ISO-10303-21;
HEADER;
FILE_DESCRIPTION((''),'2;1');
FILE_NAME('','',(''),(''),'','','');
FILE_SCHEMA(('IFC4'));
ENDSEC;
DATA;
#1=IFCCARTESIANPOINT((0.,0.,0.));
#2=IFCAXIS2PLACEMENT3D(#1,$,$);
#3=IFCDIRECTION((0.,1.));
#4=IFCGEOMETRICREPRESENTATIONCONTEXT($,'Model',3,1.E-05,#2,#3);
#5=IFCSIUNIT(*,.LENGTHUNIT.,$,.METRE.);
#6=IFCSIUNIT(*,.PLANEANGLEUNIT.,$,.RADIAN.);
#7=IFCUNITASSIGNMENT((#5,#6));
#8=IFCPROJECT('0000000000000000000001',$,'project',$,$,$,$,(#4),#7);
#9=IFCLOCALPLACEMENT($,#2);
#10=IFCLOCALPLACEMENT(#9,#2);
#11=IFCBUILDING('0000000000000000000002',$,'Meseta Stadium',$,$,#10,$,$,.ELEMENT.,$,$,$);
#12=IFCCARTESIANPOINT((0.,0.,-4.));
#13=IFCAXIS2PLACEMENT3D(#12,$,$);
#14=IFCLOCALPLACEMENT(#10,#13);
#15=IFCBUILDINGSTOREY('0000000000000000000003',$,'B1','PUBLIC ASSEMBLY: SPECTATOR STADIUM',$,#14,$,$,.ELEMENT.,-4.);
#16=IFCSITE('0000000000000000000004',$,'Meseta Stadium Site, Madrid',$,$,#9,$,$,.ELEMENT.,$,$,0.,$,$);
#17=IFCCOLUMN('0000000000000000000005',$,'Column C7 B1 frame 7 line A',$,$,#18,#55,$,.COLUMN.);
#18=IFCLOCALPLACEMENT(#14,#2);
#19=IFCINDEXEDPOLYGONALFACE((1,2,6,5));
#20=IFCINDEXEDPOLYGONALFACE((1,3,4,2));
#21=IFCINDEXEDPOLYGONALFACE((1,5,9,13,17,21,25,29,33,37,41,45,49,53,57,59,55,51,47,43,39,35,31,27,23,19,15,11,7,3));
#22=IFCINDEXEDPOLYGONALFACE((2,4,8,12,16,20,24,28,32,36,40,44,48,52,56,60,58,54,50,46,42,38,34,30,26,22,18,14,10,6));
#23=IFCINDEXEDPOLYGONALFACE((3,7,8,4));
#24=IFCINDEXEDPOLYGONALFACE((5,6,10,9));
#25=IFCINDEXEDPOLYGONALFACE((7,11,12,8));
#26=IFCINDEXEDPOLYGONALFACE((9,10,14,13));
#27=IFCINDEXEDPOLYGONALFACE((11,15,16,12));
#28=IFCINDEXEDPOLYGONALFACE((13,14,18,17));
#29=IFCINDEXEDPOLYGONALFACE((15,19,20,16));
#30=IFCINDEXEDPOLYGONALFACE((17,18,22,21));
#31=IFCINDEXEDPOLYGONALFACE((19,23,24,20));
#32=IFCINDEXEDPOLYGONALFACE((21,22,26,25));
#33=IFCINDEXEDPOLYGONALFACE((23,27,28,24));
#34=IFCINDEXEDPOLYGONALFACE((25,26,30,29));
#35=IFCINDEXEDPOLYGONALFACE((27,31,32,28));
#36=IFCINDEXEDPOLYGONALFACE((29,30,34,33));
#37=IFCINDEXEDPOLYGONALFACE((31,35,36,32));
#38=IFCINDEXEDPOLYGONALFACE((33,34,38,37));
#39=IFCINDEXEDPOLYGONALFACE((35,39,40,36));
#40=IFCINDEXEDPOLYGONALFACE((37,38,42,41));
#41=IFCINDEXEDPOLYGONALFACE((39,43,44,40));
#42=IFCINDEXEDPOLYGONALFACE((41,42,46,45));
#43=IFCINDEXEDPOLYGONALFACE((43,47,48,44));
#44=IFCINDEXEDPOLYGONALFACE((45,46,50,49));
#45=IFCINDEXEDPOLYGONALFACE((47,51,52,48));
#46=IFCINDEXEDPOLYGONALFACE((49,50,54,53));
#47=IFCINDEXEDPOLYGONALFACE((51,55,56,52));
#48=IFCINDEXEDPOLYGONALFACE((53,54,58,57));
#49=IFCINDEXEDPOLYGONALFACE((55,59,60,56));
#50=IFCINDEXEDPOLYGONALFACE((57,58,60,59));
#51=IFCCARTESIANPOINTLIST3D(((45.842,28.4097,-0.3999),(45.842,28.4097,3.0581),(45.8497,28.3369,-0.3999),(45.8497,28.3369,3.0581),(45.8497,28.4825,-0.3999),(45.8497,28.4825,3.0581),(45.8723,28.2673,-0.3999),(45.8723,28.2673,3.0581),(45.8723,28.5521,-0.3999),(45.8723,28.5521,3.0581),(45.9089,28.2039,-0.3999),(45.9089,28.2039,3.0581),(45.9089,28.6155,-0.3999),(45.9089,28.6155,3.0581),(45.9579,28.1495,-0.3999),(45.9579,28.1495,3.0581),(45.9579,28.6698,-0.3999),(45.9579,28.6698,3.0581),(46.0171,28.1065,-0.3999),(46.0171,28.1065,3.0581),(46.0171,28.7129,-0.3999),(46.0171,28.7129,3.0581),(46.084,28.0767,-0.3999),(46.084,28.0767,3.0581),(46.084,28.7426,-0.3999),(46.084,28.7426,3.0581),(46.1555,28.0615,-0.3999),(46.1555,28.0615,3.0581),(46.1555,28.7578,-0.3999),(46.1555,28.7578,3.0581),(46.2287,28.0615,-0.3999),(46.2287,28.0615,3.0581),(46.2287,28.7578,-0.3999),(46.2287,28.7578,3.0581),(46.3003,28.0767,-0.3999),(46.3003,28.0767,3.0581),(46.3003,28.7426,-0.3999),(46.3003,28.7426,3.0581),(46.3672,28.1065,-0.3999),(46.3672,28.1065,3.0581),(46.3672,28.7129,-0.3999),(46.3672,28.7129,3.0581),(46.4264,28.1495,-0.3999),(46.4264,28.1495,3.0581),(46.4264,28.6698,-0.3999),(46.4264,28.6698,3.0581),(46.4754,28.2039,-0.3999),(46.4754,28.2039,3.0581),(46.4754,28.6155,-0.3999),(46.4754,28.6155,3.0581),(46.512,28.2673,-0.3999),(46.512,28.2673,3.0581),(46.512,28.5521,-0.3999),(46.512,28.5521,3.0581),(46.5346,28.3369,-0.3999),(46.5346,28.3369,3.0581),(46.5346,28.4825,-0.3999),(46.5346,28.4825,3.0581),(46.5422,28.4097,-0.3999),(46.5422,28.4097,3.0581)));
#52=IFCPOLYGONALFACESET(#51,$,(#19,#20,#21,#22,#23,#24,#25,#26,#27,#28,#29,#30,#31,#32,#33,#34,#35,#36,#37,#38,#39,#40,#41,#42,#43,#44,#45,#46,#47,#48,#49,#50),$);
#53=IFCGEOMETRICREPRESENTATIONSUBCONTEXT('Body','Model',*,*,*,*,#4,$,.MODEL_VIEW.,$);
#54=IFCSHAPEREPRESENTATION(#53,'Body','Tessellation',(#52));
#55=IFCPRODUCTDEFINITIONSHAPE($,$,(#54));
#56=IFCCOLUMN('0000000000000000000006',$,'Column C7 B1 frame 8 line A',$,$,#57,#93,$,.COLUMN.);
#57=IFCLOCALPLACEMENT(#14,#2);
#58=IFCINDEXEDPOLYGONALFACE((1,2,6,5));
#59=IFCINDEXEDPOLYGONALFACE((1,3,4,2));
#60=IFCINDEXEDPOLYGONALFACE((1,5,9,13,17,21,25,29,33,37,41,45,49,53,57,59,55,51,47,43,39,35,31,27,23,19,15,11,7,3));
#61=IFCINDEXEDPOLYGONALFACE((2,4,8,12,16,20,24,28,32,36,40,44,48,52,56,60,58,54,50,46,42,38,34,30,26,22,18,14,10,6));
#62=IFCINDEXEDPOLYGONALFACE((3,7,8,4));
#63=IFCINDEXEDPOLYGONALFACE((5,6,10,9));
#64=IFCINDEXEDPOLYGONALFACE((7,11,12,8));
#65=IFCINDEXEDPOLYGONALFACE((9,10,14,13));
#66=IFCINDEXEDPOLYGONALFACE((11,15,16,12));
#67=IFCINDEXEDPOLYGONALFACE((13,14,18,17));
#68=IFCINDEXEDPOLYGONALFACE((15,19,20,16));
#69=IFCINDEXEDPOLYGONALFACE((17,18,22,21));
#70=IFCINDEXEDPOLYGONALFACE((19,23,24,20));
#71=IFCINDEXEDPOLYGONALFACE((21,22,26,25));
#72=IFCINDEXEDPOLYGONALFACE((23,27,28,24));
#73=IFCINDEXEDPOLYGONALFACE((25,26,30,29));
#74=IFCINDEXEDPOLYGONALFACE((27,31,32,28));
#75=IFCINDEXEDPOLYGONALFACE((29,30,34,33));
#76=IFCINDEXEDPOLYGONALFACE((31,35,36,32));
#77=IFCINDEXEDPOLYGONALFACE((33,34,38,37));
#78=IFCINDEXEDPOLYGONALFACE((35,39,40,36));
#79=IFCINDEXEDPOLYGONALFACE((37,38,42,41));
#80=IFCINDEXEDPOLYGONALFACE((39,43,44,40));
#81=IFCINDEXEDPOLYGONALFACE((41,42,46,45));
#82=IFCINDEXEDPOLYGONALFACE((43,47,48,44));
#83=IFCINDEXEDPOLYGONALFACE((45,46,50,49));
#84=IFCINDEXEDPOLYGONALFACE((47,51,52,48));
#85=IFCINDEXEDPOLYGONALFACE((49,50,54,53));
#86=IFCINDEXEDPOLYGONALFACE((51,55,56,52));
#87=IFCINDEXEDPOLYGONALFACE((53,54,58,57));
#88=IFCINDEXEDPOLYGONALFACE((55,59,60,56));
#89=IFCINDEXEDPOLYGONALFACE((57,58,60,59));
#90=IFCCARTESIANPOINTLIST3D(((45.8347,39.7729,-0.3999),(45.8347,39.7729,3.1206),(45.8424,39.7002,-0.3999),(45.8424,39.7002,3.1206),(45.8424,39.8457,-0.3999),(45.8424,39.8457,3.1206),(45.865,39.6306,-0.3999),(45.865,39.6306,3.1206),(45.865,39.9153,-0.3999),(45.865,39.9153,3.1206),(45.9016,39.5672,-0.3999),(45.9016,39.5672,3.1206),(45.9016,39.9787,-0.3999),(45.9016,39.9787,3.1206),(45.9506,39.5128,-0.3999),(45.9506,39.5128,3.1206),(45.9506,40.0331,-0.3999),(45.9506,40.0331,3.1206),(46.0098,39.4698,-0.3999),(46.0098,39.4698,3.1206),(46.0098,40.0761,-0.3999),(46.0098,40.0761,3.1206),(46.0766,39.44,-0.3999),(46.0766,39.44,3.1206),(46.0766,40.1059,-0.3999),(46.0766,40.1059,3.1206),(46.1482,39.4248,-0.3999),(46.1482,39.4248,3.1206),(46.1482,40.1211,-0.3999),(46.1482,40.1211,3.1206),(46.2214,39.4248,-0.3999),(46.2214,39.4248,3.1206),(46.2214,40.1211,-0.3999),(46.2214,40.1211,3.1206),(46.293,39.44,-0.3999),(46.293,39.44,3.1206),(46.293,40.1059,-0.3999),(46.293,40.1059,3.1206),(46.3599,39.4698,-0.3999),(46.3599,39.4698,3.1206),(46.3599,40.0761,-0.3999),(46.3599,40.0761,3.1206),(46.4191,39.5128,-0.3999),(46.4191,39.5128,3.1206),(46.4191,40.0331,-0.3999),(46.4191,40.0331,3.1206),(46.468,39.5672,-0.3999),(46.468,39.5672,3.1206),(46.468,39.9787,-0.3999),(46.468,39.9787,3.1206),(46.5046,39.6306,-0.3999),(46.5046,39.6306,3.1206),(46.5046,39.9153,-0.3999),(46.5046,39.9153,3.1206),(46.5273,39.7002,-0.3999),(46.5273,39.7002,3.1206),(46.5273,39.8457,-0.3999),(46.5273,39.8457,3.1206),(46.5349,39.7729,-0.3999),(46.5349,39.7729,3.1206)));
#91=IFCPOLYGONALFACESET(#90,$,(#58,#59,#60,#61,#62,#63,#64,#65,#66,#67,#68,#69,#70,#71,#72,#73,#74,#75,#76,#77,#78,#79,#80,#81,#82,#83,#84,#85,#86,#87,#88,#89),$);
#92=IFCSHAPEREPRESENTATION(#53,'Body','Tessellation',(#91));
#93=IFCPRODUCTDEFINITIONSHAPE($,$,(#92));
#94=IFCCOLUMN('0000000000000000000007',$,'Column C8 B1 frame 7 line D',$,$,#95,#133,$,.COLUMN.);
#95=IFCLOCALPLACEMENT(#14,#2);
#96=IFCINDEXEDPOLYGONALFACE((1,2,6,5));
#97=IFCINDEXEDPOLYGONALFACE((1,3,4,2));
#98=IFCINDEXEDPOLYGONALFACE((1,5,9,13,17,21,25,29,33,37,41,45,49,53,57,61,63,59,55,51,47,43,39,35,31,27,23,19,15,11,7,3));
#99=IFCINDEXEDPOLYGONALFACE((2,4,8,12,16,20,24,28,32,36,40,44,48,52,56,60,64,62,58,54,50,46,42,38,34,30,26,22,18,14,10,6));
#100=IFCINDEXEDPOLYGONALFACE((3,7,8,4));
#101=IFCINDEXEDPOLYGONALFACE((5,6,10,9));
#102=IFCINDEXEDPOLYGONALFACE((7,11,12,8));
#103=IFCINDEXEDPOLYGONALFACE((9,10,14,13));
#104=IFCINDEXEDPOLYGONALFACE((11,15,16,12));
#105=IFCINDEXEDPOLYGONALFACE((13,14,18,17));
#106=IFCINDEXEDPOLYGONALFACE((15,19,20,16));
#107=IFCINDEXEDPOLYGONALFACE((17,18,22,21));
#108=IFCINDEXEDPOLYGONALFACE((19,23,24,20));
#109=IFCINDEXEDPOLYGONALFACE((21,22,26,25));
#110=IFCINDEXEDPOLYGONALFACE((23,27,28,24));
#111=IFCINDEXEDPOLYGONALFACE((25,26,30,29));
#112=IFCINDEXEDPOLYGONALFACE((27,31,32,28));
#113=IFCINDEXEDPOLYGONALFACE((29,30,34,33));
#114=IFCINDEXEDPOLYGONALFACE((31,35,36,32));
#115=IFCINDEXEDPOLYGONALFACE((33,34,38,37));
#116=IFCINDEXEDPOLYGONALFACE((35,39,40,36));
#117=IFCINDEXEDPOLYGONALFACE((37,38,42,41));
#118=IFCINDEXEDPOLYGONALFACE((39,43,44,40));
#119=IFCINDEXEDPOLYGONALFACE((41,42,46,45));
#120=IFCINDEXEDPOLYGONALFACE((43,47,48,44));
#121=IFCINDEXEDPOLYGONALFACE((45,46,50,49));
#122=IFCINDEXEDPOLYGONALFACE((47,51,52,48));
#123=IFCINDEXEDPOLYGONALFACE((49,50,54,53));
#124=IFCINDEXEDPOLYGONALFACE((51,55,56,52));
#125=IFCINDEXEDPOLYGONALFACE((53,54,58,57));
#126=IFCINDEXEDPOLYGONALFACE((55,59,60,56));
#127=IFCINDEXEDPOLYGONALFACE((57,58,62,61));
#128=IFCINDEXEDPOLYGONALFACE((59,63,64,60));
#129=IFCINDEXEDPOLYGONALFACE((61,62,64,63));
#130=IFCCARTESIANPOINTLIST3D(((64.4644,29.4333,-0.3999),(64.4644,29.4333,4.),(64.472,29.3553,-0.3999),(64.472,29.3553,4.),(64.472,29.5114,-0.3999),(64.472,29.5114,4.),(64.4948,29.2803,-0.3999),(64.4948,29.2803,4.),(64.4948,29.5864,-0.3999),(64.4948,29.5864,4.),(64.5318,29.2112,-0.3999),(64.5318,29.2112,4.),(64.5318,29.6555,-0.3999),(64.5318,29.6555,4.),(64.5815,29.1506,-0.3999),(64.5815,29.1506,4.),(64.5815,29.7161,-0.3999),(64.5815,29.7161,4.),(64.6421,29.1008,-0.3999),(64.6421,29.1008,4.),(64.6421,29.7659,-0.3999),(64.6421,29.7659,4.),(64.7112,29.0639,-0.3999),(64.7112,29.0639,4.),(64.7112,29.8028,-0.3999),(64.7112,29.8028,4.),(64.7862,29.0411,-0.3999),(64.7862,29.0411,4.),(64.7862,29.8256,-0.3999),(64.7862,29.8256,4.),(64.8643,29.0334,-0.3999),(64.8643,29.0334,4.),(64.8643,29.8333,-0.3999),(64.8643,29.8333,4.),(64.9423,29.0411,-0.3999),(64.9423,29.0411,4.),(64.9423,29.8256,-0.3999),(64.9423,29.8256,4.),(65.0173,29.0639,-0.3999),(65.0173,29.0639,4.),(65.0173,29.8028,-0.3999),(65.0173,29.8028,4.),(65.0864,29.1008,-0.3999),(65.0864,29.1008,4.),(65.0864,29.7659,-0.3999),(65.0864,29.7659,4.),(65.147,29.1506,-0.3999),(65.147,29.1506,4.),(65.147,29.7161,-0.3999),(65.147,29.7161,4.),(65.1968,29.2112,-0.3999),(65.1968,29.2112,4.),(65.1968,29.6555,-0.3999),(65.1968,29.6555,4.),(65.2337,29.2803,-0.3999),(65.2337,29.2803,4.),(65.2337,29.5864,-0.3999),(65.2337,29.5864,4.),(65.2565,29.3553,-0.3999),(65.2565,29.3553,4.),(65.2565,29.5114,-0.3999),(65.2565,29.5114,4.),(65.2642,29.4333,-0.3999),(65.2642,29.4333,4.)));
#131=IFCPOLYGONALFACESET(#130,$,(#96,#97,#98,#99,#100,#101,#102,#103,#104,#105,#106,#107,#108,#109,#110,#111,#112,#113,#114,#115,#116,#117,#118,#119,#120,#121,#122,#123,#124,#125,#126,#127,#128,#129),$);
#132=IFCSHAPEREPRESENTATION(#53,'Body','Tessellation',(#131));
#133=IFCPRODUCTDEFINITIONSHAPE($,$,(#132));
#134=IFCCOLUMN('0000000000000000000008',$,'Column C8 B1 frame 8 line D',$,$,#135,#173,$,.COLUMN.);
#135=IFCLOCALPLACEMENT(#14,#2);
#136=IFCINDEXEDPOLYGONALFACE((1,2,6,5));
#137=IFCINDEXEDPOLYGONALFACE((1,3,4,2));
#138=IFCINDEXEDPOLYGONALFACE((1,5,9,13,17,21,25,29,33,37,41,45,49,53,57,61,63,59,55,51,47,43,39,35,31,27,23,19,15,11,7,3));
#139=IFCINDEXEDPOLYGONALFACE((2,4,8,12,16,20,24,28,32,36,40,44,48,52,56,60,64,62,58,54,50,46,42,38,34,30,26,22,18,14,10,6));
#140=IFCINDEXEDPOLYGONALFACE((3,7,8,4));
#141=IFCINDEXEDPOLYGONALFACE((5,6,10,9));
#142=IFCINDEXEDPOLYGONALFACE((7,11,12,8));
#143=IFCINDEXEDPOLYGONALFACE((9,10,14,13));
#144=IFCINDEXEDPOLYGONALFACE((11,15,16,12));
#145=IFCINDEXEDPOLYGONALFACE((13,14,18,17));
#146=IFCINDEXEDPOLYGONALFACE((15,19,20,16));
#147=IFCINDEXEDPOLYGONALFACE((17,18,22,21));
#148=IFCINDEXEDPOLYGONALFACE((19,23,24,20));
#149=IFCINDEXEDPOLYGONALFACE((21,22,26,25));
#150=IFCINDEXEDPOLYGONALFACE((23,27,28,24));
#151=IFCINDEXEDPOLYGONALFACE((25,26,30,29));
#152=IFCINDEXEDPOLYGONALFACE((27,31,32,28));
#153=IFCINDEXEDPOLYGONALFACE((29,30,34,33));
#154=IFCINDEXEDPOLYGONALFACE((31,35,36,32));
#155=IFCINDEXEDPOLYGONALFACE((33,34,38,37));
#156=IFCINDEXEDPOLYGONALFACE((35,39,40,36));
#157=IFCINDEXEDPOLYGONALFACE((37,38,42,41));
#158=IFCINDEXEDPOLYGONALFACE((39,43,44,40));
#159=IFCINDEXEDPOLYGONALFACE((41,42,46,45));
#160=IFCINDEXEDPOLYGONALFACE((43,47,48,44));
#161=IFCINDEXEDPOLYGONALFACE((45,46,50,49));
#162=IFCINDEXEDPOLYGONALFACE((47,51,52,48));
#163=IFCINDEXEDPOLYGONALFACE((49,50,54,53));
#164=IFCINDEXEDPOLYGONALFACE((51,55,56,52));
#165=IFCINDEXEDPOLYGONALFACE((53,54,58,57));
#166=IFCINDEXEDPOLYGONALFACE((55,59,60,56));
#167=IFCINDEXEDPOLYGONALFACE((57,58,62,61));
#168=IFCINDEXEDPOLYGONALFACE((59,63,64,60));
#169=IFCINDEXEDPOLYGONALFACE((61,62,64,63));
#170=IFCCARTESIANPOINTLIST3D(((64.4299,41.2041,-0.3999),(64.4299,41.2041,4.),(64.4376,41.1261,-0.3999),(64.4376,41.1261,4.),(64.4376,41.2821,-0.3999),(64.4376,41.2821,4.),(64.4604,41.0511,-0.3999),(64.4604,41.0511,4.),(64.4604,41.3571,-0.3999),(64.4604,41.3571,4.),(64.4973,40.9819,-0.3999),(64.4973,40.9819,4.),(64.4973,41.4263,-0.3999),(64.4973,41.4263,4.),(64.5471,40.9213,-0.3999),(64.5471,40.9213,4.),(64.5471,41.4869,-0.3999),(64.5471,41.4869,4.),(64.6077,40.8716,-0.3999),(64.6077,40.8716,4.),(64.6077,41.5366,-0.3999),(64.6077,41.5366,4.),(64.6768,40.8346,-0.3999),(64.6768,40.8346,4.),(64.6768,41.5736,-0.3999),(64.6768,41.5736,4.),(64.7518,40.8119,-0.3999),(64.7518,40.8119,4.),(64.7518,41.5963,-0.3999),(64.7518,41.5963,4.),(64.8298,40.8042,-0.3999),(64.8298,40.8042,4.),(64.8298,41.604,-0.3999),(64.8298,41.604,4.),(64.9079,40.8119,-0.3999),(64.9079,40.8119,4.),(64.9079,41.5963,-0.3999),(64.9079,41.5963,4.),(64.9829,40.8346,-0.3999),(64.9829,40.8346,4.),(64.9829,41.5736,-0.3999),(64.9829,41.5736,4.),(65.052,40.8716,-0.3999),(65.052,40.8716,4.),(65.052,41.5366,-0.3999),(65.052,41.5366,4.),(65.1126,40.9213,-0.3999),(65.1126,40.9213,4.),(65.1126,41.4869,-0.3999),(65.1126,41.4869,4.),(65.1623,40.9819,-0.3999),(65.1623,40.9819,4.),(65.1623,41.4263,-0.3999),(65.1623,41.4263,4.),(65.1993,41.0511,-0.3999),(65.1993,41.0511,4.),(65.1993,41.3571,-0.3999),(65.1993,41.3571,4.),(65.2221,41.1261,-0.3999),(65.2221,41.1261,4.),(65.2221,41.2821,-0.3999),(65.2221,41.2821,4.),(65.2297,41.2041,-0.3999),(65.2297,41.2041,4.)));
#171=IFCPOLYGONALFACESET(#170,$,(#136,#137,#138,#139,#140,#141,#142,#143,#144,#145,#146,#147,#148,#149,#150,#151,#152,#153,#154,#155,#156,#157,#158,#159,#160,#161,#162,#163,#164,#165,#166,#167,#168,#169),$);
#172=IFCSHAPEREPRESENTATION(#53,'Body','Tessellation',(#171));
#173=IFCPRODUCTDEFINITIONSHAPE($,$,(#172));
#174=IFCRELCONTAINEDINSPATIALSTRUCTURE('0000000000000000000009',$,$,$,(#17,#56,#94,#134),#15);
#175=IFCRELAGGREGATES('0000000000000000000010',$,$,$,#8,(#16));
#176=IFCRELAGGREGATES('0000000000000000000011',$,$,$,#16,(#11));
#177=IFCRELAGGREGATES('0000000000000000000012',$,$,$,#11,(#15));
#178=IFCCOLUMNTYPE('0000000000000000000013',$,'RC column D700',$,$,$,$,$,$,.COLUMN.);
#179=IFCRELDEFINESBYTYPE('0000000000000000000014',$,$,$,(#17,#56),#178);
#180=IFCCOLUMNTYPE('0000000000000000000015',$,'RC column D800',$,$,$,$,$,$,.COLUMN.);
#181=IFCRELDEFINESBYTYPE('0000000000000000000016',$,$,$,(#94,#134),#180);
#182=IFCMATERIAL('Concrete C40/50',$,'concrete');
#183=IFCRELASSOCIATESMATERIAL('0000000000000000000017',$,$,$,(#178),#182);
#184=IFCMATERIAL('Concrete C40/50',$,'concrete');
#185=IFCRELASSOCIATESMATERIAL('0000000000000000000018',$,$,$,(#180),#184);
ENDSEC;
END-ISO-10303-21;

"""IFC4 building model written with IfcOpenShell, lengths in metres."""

from ifc_helpers import new_model, si_unit, direction, frame, origin, origin_2d, place, context, subcontext, project, spatial, circle, extrude, material, material_profile, profile_set, type_object, element, save


model = new_model("IFC4")

# Units and contexts
model_context = context("Model", 3, precision=1e-05, world=origin(), true_north=direction((0.0, 1.0)))
body_context = subcontext(model_context, "Body", "Model", "MODEL_VIEW")
ifc_project = project(units=[si_unit("LENGTHUNIT", "METRE"), si_unit("PLANEANGLEUNIT", "RADIAN")], contexts=[model_context])

# Site, building, storey
site_placement = place(None, origin())
site = spatial("IfcSite", under=ifc_project, at=site_placement, Name="Meseta Stadium Site, Madrid", CompositionType="ELEMENT", RefElevation=0.0)
building_placement = place(site_placement, origin())
building = spatial("IfcBuilding", under=site, at=building_placement, Name="Meseta Stadium", CompositionType="ELEMENT")
storey_placement = place(building_placement, frame((0.0, 0.0, -4.0)))
storey = spatial("IfcBuildingStorey", under=building, at=storey_placement, Name="B1", Description="PUBLIC ASSEMBLY: SPECTATOR STADIUM", CompositionType="ELEMENT", Elevation=-4.0)

# Columns
ifc_material_1 = material(Name="Concrete C40/50", Category="concrete")
ifc_material_profile_1 = material_profile(ifc_material_1, circle(Radius=0.3501, at=origin_2d()), Name="RC D700")
ifc_profile_set_1 = profile_set([ifc_material_profile_1], Name="Concrete C40/50")
column_type_1 = type_object("IfcColumnType", Name="RC column D700", PredefinedType="COLUMN", material=ifc_profile_set_1)
column_1_placement = place(storey_placement, frame((46.1921, 28.4097, -0.3999), z_axis=(0.0, 0.0, 1.0), x_axis=(1.0, 0.0, 0.0)))
element("IfcColumn", 1, at=column_1_placement, inside=storey, type_object=column_type_1, Name="Column C7 B1 frame 7 line A", PredefinedType="COLUMN", context=body_context, shape_type="SweptSolid", body=[
    extrude(circle(Radius=0.3501, at=origin_2d()), origin(), (0.0, 0.0, 1.0), 3.458),
])
column_2_placement = place(storey_placement, frame((46.1848, 39.7729, -0.3999), z_axis=(0.0, 0.0, 1.0), x_axis=(1.0, 0.0, 0.0)))
element("IfcColumn", 2, at=column_2_placement, inside=storey, type_object=column_type_1, Name="Column C7 B1 frame 8 line A", PredefinedType="COLUMN", context=body_context, shape_type="SweptSolid", body=[
    extrude(circle(Radius=0.3501, at=origin_2d()), origin(), (0.0, 0.0, 1.0), 3.5205),
])
ifc_material_2 = material(Name="Concrete C40/50", Category="concrete")
ifc_material_profile_2 = material_profile(ifc_material_2, circle(Radius=0.3999, at=origin_2d()), Name="RC D800")
ifc_profile_set_2 = profile_set([ifc_material_profile_2], Name="Concrete C40/50")
column_type_2 = type_object("IfcColumnType", Name="RC column D800", PredefinedType="COLUMN", material=ifc_profile_set_2)
for number, where, z_axis, x_axis, name in (
    (3, (64.8643, 29.4333, -0.3999), (0.0, 0.0, 1.0), (1.0, 0.0, 0.0), "Column C8 B1 frame 7 line D"),
    (4, (64.8298, 41.2041, -0.3999), (0.0, 0.0, 1.0), (1.0, 0.0, 0.0), "Column C8 B1 frame 8 line D"),
):
    element("IfcColumn", number, at=place(storey_placement, frame(where, z_axis=z_axis, x_axis=x_axis)), inside=storey, type_object=column_type_2, Name=name, PredefinedType="COLUMN", context=body_context, shape_type="SweptSolid", body=[
        extrude(circle(Radius=0.3999, at=origin_2d()), origin(), (0.0, 0.0, 1.0), 4.3999),
    ])

save(model, "model.ifc")
